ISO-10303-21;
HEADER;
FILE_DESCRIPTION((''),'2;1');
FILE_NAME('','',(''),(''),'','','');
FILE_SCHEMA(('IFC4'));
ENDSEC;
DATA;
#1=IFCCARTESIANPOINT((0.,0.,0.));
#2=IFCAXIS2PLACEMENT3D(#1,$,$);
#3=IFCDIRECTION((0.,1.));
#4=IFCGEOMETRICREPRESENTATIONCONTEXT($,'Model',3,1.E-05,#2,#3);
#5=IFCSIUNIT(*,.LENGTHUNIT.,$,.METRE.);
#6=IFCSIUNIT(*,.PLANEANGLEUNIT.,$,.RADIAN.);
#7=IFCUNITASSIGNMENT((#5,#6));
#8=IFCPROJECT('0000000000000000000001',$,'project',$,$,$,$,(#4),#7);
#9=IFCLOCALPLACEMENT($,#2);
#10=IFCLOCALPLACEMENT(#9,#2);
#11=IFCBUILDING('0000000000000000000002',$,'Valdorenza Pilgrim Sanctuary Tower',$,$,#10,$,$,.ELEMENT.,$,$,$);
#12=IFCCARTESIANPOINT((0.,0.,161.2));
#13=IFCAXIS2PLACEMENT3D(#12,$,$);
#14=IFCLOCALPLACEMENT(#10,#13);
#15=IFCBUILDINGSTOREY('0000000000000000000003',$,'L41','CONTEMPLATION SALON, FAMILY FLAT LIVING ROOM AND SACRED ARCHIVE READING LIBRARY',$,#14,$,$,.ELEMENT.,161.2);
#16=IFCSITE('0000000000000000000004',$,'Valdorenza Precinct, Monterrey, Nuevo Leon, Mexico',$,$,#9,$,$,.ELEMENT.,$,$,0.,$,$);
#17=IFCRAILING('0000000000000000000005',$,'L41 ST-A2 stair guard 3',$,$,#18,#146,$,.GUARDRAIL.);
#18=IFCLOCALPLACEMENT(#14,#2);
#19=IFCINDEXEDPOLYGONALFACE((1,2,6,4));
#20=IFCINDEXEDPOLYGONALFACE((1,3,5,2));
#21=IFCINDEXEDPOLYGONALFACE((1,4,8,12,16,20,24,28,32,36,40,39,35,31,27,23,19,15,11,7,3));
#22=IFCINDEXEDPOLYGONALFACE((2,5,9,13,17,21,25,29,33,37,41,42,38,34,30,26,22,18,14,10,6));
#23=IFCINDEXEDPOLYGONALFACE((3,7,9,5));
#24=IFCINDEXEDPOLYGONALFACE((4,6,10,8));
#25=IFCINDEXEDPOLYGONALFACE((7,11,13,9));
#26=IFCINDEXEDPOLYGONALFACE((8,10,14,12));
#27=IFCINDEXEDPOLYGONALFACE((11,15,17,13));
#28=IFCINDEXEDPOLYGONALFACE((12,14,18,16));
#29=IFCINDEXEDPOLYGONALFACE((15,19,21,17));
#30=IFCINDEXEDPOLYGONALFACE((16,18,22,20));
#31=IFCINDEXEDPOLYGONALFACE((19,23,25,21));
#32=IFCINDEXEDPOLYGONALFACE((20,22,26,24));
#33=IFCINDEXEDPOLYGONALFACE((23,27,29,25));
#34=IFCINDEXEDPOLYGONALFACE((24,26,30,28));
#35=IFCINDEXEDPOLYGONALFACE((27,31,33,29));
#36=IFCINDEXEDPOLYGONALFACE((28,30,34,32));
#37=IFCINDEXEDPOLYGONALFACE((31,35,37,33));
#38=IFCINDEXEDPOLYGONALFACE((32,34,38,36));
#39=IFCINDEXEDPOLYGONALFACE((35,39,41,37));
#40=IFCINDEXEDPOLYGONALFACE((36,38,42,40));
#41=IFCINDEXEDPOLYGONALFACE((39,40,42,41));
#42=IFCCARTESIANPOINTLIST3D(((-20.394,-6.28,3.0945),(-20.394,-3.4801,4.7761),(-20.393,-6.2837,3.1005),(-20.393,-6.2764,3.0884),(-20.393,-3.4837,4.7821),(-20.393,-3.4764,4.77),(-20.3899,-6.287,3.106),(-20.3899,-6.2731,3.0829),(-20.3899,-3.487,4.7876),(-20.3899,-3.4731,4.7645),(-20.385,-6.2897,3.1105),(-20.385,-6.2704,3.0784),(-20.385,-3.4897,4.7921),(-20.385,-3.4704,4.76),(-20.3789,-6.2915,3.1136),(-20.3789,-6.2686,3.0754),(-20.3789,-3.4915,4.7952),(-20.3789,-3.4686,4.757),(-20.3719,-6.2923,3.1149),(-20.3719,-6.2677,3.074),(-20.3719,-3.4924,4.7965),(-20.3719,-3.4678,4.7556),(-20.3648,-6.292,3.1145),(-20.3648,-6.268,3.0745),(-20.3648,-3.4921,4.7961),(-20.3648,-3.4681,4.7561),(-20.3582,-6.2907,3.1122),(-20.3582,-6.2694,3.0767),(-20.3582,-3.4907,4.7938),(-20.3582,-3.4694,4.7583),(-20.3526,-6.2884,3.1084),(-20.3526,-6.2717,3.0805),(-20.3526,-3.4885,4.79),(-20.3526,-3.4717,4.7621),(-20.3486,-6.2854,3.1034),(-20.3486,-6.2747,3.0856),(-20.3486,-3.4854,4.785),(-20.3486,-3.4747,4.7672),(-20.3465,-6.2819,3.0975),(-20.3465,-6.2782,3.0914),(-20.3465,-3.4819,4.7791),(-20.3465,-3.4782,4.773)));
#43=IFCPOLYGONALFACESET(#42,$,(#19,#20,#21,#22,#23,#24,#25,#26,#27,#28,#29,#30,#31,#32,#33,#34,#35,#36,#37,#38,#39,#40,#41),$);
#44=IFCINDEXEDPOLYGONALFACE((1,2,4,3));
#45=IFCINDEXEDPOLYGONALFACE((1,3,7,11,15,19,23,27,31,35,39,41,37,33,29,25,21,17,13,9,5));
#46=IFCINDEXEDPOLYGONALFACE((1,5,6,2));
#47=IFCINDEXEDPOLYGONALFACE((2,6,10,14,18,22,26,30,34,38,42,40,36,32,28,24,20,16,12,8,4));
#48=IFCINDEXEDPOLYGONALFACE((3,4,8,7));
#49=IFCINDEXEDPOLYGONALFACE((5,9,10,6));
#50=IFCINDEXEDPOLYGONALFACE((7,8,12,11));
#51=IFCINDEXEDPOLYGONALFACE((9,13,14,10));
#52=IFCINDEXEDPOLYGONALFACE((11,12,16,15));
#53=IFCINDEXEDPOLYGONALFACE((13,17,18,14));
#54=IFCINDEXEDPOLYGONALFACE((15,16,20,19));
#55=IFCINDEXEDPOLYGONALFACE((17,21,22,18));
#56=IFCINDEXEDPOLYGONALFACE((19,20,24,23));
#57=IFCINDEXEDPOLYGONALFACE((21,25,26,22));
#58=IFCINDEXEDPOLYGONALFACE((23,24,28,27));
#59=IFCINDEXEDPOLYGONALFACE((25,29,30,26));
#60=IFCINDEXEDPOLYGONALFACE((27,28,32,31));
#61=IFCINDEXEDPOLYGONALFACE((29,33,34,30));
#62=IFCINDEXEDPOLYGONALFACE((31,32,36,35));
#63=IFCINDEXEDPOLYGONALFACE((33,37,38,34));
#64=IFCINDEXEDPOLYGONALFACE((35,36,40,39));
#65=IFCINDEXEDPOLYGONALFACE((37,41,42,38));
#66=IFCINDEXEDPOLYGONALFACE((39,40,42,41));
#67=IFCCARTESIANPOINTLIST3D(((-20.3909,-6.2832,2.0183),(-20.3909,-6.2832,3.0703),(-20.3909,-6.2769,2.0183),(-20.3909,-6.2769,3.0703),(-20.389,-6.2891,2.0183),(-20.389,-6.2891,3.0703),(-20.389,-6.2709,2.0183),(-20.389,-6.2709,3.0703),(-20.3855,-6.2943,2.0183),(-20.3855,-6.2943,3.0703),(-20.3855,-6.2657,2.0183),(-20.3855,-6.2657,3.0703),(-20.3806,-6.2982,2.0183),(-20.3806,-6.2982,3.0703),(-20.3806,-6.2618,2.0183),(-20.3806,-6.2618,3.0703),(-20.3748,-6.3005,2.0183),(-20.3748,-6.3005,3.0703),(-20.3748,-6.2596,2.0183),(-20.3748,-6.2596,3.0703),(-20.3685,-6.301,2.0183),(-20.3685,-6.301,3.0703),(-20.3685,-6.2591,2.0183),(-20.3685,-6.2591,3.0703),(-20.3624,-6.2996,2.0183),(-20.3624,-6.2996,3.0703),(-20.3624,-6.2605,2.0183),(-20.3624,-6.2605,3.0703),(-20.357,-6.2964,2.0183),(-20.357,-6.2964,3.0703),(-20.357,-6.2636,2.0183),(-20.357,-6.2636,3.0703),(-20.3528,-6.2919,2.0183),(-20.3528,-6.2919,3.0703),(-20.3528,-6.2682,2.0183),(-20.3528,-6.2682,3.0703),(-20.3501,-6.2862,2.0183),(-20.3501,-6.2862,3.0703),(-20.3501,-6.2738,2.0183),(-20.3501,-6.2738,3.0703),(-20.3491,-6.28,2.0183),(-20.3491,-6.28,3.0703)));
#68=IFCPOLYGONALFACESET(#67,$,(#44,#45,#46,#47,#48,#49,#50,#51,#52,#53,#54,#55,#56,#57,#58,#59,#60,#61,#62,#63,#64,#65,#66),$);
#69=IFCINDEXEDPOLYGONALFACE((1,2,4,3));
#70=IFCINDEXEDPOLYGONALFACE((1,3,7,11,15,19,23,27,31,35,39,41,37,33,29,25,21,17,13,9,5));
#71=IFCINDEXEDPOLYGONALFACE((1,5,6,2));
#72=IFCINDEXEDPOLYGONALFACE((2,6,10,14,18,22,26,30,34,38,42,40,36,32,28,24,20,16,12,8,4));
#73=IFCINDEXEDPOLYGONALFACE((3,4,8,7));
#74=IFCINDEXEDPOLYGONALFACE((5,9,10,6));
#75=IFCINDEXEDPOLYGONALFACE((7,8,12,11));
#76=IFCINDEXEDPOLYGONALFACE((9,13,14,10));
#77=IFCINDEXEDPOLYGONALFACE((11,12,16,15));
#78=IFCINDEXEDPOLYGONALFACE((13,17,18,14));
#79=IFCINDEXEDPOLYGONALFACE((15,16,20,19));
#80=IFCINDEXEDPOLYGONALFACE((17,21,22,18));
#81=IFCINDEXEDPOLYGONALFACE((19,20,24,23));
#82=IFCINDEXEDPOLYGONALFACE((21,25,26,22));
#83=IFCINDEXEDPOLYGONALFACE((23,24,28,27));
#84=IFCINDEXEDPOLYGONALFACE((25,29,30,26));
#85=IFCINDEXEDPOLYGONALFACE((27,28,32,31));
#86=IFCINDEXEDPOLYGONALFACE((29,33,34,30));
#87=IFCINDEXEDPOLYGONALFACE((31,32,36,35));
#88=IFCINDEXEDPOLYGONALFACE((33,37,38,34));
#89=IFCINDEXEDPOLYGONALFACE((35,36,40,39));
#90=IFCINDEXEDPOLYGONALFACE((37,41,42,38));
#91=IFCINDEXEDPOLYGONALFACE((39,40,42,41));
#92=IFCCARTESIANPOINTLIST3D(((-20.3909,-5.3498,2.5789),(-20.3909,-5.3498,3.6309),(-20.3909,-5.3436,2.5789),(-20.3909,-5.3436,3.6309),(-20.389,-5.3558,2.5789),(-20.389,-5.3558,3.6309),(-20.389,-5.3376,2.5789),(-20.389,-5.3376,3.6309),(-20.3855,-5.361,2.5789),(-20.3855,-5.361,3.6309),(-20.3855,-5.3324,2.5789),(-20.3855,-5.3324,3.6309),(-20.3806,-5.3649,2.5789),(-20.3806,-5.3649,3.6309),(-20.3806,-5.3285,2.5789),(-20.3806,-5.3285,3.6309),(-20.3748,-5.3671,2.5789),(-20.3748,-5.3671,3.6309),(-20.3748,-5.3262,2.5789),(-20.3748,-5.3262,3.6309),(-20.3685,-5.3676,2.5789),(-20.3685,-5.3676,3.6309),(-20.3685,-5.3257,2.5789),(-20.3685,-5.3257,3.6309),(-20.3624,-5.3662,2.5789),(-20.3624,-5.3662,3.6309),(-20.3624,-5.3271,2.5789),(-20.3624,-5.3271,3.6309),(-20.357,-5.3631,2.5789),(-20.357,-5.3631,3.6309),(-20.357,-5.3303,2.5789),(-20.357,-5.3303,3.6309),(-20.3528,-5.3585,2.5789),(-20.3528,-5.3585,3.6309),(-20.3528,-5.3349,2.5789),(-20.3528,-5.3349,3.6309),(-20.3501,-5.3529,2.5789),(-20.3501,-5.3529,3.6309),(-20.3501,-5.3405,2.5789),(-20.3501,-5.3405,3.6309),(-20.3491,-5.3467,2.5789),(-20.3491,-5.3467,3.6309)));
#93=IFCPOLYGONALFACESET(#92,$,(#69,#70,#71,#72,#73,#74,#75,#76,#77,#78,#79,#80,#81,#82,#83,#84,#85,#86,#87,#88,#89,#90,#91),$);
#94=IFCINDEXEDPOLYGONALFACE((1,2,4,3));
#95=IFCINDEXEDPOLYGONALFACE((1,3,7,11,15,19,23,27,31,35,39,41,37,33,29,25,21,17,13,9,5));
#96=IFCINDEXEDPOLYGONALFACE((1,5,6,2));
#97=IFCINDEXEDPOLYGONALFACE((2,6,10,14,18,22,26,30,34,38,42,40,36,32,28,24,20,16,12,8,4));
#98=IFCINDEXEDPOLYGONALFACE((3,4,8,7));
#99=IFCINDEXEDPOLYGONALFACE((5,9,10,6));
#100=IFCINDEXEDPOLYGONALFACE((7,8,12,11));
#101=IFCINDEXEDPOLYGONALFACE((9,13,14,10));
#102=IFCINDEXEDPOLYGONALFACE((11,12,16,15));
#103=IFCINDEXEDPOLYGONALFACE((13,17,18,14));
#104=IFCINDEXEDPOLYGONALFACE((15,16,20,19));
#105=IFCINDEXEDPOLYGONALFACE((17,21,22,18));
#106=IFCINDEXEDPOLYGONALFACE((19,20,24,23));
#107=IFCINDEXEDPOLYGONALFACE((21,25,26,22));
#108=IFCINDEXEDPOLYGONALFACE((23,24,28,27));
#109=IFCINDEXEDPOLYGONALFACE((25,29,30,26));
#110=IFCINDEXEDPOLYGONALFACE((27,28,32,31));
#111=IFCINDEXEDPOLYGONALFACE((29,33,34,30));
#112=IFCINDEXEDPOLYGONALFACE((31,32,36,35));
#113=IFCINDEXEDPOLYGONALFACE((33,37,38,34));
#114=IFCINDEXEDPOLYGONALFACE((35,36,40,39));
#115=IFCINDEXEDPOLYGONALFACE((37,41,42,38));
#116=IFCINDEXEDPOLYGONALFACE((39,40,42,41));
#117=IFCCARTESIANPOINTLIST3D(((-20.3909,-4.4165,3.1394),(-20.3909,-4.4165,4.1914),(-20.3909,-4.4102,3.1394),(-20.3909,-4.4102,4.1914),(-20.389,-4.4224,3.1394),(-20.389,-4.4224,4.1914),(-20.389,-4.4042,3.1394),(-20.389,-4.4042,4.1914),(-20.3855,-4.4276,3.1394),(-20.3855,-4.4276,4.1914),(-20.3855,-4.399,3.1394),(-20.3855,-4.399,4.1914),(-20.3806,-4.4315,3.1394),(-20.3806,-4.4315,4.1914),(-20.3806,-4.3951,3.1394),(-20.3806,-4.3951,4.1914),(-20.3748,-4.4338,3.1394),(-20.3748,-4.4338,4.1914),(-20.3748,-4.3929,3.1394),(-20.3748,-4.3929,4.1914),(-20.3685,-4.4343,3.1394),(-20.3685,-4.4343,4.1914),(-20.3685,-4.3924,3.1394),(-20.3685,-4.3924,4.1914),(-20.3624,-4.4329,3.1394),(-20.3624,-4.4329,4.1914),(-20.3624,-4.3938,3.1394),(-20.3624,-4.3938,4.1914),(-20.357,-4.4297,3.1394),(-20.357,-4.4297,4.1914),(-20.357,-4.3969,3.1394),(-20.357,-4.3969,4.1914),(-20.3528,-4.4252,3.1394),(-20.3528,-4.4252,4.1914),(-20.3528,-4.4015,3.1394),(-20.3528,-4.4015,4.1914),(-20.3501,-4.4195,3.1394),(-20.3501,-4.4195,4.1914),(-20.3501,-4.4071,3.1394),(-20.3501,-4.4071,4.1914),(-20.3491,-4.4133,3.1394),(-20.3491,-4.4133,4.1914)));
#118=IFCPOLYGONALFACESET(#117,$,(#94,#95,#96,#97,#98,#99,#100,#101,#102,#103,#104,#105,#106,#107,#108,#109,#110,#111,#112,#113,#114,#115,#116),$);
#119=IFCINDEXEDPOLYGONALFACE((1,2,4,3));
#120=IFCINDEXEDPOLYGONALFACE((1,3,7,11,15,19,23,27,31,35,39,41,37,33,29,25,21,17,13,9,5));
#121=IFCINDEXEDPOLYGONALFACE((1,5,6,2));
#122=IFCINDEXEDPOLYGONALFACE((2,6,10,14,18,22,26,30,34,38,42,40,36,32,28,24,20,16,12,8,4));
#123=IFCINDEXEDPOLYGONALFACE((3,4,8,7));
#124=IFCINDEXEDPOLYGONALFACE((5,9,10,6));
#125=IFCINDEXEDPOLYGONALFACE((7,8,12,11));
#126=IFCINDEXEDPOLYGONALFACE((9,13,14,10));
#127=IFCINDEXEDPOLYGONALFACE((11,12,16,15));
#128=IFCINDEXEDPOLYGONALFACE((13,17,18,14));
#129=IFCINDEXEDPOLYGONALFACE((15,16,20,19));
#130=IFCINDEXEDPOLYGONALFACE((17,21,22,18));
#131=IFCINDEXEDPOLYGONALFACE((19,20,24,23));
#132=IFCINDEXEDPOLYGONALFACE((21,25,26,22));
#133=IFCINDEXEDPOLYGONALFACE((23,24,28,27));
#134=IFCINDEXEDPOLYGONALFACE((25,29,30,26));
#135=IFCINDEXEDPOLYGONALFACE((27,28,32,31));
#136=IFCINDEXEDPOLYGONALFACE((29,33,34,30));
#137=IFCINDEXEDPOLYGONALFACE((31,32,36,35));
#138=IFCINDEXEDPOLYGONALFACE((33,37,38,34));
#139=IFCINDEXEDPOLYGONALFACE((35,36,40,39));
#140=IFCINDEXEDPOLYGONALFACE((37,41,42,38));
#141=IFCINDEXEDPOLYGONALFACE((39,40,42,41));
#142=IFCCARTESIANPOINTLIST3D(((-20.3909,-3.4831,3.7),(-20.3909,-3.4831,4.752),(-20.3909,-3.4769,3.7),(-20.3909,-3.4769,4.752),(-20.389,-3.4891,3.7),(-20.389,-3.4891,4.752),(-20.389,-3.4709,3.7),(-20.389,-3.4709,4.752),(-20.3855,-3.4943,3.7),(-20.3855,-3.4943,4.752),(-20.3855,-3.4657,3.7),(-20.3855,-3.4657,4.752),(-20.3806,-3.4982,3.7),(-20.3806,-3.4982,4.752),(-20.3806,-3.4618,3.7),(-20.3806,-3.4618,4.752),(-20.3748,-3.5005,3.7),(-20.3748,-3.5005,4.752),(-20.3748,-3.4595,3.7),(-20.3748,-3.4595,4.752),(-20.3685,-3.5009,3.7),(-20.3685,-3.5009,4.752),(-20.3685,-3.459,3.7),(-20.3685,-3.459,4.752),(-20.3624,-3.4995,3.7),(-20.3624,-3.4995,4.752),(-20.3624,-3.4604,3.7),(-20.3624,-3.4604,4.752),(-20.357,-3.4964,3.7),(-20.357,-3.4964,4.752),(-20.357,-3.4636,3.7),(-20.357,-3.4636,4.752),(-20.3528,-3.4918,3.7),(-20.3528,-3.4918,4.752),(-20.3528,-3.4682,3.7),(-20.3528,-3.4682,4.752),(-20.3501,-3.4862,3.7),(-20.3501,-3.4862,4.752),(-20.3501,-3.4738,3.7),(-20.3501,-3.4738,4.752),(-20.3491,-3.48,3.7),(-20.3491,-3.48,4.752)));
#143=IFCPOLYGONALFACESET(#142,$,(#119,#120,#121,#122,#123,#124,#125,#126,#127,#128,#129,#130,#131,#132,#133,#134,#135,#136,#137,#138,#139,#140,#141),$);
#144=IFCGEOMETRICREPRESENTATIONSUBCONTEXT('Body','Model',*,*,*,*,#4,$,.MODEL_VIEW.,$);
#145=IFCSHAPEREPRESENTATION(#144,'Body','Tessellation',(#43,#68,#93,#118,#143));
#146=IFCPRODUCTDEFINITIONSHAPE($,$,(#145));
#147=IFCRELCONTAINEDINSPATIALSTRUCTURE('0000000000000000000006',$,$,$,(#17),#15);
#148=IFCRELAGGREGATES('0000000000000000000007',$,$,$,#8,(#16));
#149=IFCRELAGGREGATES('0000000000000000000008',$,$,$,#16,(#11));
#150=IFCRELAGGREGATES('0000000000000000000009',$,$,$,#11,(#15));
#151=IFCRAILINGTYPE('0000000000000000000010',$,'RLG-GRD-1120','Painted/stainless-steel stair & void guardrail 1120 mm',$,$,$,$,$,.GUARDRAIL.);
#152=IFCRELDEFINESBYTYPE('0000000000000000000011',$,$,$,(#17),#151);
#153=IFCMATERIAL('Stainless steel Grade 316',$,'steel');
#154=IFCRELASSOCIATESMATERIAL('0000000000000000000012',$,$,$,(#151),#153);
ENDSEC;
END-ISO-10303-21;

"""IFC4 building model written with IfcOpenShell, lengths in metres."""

from ifc_helpers import new_model, si_unit, direction, frame, origin, origin_2d, place, context, subcontext, project, spatial, circle, extrude, material, type_object, element, save


model = new_model("IFC4")

# Units and contexts
model_context = context("Model", 3, precision=1e-05, world=origin(), true_north=direction((0.0, 1.0)))
body_context = subcontext(model_context, "Body", "Model", "MODEL_VIEW")
ifc_project = project(units=[si_unit("LENGTHUNIT", "METRE"), si_unit("PLANEANGLEUNIT", "RADIAN")], contexts=[model_context])

# Site, building, storey
site_placement = place(None, origin())
site = spatial("IfcSite", under=ifc_project, at=site_placement, Name="Valdorenza Precinct, Monterrey, Nuevo Leon, Mexico", CompositionType="ELEMENT", RefElevation=0.0)
building_placement = place(site_placement, origin())
building = spatial("IfcBuilding", under=site, at=building_placement, Name="Valdorenza Pilgrim Sanctuary Tower", CompositionType="ELEMENT")
storey_placement = place(building_placement, frame((0.0, 0.0, 161.2)))
storey = spatial("IfcBuildingStorey", under=building, at=storey_placement, Name="L41", Description="CONTEMPLATION SALON, FAMILY FLAT LIVING ROOM AND SACRED ARCHIVE READING LIBRARY", CompositionType="ELEMENT", Elevation=161.2)

# Railing
ifc_material_1 = material(Name="Stainless steel Grade 316", Category="steel")
railing_type_1 = type_object("IfcRailingType", Name="RLG-GRD-1120", Description="Painted/stainless-steel stair & void guardrail 1120 mm", PredefinedType="GUARDRAIL", material=ifc_material_1)
railing_1_placement = place(storey_placement, frame((-20.3701, -6.28, 2.0183)))
element("IfcRailing", 1, at=railing_1_placement, inside=storey, type_object=railing_type_1, Name="L41 ST-A2 stair guard 3", PredefinedType="GUARDRAIL", context=body_context, shape_type="SweptSolid", body=[
    extrude(circle(Radius=0.0239, at=origin_2d()), frame((0.0, 0.0, 1.0762), z_axis=(0.0, 0.857275, 0.514858), x_axis=(-1.0, 0.0, 0.0)), (0.0, 0.0, 1.0), 3.2661),
    extrude(circle(Radius=0.021, at=origin_2d()), origin(), (0.0, 0.0, 1.0), 1.052),
    extrude(circle(Radius=0.021, at=origin_2d()), frame((0.0, 0.9333, 0.5605)), (0.0, 0.0, 1.0), 1.052),
    extrude(circle(Radius=0.021, at=origin_2d()), frame((0.0, 1.8667, 1.1211)), (0.0, 0.0, 1.0), 1.052),
    extrude(circle(Radius=0.021, at=origin_2d()), frame((0.0, 2.8, 1.6816)), (0.0, 0.0, 1.0), 1.052),
])

save(model, "model.ifc")
